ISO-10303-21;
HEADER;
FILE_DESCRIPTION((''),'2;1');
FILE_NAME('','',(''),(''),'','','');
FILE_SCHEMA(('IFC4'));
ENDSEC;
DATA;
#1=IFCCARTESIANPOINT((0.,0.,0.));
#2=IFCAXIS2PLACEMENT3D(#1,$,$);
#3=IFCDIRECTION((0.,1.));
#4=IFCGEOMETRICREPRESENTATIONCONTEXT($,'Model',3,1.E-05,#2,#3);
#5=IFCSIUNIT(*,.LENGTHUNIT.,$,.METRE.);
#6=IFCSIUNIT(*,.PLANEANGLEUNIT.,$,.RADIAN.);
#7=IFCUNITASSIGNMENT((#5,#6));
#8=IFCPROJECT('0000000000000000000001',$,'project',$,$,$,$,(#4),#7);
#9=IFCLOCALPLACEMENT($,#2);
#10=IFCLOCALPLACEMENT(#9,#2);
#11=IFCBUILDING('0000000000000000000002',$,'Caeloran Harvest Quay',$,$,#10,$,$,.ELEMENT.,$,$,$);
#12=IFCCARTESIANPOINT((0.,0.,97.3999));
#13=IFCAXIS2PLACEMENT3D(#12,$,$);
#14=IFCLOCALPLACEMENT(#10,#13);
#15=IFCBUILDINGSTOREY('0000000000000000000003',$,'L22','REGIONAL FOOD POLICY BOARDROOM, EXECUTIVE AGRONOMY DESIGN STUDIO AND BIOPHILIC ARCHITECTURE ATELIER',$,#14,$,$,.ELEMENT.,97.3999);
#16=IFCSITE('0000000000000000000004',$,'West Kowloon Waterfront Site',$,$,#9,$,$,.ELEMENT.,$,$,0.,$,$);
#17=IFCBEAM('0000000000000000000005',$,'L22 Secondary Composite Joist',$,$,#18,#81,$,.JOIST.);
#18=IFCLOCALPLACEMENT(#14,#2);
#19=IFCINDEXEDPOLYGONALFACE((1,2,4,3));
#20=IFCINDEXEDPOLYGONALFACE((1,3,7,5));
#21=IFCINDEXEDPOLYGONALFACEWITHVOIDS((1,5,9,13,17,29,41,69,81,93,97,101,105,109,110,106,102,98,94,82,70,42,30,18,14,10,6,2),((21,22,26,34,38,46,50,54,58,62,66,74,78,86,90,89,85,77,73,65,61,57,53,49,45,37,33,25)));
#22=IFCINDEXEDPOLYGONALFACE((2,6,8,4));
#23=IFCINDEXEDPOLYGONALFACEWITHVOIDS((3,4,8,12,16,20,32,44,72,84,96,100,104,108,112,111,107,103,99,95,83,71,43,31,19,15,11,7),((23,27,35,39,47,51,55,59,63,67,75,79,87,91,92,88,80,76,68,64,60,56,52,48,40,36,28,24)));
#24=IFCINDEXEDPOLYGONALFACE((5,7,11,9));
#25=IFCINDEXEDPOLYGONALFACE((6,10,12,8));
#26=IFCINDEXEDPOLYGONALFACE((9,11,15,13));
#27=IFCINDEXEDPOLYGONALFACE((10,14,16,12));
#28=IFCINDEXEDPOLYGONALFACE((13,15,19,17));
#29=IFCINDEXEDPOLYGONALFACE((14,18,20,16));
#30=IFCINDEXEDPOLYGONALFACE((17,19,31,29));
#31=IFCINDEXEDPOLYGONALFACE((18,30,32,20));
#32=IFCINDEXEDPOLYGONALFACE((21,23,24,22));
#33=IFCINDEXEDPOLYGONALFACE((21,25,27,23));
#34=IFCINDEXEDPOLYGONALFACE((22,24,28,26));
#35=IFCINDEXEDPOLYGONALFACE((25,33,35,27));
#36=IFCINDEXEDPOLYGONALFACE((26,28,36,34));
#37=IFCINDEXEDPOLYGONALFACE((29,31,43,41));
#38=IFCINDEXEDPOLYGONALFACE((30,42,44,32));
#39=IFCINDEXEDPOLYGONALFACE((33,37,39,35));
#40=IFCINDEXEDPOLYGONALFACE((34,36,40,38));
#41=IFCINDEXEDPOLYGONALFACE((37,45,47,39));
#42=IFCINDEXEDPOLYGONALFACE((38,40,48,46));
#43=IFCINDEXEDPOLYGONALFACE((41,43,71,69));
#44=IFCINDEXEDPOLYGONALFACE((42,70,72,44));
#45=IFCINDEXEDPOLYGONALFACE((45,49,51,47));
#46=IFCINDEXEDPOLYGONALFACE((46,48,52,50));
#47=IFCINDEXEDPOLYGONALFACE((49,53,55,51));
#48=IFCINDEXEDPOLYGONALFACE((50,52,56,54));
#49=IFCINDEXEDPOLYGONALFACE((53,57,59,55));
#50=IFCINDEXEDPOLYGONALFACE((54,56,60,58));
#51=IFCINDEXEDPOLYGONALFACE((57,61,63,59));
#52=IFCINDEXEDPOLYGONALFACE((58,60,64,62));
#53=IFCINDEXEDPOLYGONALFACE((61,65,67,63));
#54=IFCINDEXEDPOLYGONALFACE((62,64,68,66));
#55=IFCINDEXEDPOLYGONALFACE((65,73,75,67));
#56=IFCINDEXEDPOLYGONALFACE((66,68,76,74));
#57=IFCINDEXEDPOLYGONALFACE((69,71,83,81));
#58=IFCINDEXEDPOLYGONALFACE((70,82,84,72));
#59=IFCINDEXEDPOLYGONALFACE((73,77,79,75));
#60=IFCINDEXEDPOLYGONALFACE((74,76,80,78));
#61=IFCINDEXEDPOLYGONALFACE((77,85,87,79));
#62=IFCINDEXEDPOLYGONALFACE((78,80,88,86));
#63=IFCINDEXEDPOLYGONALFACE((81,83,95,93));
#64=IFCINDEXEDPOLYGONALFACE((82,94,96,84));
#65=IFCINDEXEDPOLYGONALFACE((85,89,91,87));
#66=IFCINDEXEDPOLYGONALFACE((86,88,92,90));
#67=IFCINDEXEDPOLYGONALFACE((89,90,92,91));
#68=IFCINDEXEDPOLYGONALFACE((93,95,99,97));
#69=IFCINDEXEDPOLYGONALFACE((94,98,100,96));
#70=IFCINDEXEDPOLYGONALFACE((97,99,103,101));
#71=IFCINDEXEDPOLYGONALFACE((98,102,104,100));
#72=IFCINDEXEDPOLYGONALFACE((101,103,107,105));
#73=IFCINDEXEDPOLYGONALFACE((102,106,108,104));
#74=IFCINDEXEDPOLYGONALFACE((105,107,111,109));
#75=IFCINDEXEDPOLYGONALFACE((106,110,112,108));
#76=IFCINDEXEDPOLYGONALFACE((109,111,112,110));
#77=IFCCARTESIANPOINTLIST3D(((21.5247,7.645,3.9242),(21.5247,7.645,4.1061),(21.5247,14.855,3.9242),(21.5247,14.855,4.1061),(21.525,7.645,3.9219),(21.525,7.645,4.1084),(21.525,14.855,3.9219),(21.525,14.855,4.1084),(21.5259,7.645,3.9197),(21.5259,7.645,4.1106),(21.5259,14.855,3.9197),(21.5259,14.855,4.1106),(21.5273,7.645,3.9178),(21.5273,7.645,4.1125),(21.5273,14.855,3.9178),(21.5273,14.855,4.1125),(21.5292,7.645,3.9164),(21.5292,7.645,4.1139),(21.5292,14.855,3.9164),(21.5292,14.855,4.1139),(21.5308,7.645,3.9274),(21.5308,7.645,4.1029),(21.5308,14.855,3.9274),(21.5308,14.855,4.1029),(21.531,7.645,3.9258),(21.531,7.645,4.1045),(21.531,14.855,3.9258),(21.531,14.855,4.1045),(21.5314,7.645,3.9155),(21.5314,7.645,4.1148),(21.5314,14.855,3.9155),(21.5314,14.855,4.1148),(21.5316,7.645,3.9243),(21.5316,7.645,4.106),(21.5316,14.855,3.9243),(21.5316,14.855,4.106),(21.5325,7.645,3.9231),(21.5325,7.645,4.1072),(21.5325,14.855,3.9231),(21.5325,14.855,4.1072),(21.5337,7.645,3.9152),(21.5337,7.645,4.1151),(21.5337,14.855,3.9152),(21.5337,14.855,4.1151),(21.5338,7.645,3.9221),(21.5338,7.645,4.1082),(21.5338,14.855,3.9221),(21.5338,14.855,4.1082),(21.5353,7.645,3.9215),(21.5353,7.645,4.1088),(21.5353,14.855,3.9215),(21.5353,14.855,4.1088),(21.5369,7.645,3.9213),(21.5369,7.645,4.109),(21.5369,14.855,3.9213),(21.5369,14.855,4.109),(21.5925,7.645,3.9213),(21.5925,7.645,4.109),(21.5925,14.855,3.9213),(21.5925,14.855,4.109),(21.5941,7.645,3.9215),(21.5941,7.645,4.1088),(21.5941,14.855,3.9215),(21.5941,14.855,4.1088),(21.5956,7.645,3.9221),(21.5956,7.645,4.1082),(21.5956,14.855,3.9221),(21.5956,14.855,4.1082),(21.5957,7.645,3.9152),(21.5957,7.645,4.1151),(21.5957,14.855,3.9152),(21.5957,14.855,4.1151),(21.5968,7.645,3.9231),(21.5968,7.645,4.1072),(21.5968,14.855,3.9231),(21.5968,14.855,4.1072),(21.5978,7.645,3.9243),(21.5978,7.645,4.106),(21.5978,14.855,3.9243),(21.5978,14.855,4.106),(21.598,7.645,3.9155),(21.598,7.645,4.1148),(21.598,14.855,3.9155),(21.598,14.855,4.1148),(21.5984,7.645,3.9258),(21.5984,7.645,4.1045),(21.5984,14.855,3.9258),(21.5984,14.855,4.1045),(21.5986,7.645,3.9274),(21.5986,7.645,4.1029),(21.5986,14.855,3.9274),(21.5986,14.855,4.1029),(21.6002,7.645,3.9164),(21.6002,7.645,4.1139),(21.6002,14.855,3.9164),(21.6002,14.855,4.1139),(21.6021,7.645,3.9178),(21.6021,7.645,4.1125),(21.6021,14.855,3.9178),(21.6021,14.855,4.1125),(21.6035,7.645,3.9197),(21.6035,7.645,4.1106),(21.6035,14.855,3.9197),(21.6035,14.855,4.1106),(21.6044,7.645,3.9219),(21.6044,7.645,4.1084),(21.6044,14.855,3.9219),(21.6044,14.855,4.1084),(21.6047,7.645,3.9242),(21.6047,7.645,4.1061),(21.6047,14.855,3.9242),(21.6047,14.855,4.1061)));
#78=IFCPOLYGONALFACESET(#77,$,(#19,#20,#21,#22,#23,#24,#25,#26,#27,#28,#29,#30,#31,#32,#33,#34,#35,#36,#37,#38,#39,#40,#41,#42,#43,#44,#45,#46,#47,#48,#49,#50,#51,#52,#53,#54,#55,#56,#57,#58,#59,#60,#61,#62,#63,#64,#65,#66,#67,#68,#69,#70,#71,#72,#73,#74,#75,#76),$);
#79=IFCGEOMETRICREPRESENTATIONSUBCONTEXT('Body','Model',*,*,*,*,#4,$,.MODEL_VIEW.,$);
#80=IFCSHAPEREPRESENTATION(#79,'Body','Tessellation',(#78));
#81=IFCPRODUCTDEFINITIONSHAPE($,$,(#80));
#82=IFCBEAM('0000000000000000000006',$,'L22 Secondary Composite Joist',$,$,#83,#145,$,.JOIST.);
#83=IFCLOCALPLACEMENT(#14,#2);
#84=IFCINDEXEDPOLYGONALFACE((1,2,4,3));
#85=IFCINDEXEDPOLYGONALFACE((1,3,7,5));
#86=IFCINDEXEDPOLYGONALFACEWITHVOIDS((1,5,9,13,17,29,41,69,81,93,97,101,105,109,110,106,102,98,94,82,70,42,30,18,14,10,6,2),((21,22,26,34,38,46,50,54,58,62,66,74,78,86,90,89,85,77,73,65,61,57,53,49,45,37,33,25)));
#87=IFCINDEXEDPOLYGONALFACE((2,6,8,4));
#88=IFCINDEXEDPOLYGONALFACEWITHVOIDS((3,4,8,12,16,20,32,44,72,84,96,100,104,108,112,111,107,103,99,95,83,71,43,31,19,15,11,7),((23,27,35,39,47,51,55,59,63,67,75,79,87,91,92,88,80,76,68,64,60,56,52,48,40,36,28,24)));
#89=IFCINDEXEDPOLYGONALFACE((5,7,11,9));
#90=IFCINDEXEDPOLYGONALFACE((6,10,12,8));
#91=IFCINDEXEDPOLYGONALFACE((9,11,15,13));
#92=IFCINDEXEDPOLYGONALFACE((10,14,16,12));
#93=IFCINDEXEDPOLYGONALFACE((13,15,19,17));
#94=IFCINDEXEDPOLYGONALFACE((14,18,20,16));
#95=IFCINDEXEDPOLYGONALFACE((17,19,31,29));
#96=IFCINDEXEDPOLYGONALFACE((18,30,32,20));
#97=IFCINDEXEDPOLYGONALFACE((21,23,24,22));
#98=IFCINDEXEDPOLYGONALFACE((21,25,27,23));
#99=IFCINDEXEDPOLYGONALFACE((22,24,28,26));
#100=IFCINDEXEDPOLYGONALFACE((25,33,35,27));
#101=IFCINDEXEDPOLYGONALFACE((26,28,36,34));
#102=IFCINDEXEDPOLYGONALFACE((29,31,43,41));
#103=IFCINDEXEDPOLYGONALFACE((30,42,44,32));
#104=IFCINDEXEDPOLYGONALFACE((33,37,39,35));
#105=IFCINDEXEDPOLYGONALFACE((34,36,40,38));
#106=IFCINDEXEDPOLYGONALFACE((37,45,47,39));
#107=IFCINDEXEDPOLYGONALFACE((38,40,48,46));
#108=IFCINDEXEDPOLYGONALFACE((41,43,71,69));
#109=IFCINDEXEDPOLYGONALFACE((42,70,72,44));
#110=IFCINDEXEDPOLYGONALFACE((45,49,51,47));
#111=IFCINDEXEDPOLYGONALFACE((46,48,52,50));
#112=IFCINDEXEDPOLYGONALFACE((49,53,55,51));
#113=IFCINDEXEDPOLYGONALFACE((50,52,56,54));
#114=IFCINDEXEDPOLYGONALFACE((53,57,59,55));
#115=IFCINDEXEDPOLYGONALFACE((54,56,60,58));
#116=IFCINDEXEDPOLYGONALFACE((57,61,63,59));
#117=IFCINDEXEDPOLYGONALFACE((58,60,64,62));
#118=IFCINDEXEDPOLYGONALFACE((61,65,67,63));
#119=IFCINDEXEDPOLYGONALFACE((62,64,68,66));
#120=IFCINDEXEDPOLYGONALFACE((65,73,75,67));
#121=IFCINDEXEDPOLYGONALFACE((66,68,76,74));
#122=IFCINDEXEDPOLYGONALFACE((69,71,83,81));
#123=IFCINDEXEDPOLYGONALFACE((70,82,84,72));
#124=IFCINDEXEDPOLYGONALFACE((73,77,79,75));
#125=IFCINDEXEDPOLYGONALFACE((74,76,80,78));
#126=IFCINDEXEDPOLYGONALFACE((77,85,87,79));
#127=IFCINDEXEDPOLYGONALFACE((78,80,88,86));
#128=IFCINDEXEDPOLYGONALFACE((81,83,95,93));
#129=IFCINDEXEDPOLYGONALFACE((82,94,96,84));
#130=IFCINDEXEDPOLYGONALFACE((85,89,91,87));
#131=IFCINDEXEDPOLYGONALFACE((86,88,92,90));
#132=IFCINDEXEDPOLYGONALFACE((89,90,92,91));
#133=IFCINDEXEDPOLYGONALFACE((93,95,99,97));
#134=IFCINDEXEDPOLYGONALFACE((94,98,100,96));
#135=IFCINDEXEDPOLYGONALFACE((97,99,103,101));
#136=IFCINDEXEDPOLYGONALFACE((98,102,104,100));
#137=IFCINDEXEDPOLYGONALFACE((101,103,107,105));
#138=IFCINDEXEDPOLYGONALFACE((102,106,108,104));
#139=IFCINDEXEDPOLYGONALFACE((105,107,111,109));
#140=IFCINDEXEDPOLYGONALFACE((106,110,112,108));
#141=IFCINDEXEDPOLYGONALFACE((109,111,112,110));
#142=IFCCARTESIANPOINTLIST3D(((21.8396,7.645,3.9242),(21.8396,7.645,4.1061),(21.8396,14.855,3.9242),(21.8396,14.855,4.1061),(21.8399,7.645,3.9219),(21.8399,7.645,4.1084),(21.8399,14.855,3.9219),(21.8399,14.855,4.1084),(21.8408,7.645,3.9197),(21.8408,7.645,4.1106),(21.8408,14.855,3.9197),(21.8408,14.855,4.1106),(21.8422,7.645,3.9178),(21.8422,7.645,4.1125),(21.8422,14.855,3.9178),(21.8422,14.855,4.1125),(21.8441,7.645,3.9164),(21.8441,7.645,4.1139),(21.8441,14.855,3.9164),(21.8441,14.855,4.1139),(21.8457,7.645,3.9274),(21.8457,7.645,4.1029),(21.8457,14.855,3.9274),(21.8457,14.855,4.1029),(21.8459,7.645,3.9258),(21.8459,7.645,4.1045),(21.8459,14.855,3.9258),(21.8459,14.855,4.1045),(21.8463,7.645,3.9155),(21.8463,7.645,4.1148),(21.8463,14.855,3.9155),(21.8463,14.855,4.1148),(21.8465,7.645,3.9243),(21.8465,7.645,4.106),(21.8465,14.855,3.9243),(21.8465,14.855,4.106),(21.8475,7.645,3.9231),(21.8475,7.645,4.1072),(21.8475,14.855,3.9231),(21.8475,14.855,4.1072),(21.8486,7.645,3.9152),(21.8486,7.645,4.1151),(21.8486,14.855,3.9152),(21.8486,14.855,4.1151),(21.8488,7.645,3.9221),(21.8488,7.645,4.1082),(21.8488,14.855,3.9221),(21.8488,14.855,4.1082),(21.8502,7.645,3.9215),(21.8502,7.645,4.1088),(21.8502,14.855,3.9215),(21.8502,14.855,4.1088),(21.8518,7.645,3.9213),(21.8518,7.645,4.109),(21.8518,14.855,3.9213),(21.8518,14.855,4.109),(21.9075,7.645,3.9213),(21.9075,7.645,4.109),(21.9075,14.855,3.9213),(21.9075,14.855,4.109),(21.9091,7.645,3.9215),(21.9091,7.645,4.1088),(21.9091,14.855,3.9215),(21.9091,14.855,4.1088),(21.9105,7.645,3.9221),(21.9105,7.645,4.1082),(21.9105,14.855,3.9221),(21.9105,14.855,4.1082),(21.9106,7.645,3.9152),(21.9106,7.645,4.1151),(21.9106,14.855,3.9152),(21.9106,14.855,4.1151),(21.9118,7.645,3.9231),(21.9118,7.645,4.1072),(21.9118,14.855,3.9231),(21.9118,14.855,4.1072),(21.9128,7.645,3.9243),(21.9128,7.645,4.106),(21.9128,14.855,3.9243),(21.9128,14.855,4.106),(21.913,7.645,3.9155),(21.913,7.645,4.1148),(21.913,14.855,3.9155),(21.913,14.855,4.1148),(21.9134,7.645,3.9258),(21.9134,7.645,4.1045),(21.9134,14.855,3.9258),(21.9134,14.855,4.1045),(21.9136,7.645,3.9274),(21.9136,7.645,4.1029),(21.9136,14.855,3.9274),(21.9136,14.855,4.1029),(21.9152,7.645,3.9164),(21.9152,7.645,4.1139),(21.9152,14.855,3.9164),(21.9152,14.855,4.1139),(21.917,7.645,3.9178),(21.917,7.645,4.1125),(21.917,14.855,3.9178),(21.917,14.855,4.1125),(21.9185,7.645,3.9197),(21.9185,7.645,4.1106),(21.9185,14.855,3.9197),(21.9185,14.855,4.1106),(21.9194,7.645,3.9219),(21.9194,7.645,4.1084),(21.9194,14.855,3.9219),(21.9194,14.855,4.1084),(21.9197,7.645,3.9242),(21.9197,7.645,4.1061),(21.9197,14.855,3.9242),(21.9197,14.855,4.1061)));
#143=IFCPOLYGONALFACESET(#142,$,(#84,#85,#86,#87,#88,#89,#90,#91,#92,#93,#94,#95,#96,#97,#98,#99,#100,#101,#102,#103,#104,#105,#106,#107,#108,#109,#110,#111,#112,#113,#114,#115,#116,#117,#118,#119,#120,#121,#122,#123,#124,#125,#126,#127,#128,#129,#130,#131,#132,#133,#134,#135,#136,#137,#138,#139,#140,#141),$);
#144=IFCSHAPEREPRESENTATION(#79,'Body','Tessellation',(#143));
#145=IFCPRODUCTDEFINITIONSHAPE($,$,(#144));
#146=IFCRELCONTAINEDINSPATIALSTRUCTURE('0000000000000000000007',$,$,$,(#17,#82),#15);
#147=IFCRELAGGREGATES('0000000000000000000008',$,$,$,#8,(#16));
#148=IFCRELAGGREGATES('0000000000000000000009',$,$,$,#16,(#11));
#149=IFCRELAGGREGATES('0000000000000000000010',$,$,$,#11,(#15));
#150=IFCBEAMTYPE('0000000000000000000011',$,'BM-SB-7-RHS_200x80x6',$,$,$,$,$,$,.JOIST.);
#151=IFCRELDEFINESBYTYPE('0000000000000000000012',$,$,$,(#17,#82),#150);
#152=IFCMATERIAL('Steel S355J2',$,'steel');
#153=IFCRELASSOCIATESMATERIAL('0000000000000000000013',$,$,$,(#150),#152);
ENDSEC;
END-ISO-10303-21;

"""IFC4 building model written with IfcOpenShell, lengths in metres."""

from ifc_helpers import new_model, si_unit, direction, frame, origin, origin_2d, place, context, subcontext, project, spatial, hollow_rectangle, extrude, material, material_profile, profile_set, type_object, element, save


model = new_model("IFC4")

# Units and contexts
model_context = context("Model", 3, precision=1e-05, world=origin(), true_north=direction((0.0, 1.0)))
body_context = subcontext(model_context, "Body", "Model", "MODEL_VIEW")
ifc_project = project(units=[si_unit("LENGTHUNIT", "METRE"), si_unit("PLANEANGLEUNIT", "RADIAN")], contexts=[model_context])

# Site, building, storey
site_placement = place(None, origin())
site = spatial("IfcSite", under=ifc_project, at=site_placement, Name="West Kowloon Waterfront Site", CompositionType="ELEMENT", RefElevation=0.0)
building_placement = place(site_placement, origin())
building = spatial("IfcBuilding", under=site, at=building_placement, Name="Caeloran Harvest Quay", CompositionType="ELEMENT")
storey_placement = place(building_placement, frame((0.0, 0.0, 97.3999)))
storey = spatial("IfcBuildingStorey", under=building, at=storey_placement, Name="L22", Description="REGIONAL FOOD POLICY BOARDROOM, EXECUTIVE AGRONOMY DESIGN STUDIO AND BIOPHILIC ARCHITECTURE ATELIER", CompositionType="ELEMENT", Elevation=97.3999)

# Beams
ifc_material = material(Name="Steel S355J2", Category="steel")
ifc_material_profile_1 = material_profile(ifc_material, hollow_rectangle(XDim=0.0801, YDim=0.2, WallThickness=0.0061, InnerFilletRadius=0.0061, OuterFilletRadius=0.009, at=origin_2d()), Name="RHS 200x80x6")
ifc_profile_set_1 = profile_set([ifc_material_profile_1], Name="Steel S355J2")
beam_type_1 = type_object("IfcBeamType", Name="BM-SB-7-RHS_200x80x6", PredefinedType="JOIST", material=ifc_profile_set_1)
for number, where, z_axis, x_axis, name in (
    (1, (21.5647, 7.645, 4.0151), (0.0, 1.0, 0.0), (-1.0, 0.0, 0.0), "L22 Secondary Composite Joist"),
    (2, (21.8796, 7.645, 4.0151), (0.0, 1.0, 0.0), (-1.0, 0.0, 0.0), "L22 Secondary Composite Joist"),
):
    element("IfcBeam", number, at=place(storey_placement, frame(where, z_axis=z_axis, x_axis=x_axis)), inside=storey, type_object=beam_type_1, Name=name, PredefinedType="JOIST", context=body_context, shape_type="SweptSolid", body=[
        extrude(hollow_rectangle(XDim=0.0801, YDim=0.2, WallThickness=0.0061, InnerFilletRadius=0.0061, OuterFilletRadius=0.009, at=origin_2d()), origin(), (0.0, 0.0, 1.0), 7.21),
    ])

save(model, "model.ifc")
